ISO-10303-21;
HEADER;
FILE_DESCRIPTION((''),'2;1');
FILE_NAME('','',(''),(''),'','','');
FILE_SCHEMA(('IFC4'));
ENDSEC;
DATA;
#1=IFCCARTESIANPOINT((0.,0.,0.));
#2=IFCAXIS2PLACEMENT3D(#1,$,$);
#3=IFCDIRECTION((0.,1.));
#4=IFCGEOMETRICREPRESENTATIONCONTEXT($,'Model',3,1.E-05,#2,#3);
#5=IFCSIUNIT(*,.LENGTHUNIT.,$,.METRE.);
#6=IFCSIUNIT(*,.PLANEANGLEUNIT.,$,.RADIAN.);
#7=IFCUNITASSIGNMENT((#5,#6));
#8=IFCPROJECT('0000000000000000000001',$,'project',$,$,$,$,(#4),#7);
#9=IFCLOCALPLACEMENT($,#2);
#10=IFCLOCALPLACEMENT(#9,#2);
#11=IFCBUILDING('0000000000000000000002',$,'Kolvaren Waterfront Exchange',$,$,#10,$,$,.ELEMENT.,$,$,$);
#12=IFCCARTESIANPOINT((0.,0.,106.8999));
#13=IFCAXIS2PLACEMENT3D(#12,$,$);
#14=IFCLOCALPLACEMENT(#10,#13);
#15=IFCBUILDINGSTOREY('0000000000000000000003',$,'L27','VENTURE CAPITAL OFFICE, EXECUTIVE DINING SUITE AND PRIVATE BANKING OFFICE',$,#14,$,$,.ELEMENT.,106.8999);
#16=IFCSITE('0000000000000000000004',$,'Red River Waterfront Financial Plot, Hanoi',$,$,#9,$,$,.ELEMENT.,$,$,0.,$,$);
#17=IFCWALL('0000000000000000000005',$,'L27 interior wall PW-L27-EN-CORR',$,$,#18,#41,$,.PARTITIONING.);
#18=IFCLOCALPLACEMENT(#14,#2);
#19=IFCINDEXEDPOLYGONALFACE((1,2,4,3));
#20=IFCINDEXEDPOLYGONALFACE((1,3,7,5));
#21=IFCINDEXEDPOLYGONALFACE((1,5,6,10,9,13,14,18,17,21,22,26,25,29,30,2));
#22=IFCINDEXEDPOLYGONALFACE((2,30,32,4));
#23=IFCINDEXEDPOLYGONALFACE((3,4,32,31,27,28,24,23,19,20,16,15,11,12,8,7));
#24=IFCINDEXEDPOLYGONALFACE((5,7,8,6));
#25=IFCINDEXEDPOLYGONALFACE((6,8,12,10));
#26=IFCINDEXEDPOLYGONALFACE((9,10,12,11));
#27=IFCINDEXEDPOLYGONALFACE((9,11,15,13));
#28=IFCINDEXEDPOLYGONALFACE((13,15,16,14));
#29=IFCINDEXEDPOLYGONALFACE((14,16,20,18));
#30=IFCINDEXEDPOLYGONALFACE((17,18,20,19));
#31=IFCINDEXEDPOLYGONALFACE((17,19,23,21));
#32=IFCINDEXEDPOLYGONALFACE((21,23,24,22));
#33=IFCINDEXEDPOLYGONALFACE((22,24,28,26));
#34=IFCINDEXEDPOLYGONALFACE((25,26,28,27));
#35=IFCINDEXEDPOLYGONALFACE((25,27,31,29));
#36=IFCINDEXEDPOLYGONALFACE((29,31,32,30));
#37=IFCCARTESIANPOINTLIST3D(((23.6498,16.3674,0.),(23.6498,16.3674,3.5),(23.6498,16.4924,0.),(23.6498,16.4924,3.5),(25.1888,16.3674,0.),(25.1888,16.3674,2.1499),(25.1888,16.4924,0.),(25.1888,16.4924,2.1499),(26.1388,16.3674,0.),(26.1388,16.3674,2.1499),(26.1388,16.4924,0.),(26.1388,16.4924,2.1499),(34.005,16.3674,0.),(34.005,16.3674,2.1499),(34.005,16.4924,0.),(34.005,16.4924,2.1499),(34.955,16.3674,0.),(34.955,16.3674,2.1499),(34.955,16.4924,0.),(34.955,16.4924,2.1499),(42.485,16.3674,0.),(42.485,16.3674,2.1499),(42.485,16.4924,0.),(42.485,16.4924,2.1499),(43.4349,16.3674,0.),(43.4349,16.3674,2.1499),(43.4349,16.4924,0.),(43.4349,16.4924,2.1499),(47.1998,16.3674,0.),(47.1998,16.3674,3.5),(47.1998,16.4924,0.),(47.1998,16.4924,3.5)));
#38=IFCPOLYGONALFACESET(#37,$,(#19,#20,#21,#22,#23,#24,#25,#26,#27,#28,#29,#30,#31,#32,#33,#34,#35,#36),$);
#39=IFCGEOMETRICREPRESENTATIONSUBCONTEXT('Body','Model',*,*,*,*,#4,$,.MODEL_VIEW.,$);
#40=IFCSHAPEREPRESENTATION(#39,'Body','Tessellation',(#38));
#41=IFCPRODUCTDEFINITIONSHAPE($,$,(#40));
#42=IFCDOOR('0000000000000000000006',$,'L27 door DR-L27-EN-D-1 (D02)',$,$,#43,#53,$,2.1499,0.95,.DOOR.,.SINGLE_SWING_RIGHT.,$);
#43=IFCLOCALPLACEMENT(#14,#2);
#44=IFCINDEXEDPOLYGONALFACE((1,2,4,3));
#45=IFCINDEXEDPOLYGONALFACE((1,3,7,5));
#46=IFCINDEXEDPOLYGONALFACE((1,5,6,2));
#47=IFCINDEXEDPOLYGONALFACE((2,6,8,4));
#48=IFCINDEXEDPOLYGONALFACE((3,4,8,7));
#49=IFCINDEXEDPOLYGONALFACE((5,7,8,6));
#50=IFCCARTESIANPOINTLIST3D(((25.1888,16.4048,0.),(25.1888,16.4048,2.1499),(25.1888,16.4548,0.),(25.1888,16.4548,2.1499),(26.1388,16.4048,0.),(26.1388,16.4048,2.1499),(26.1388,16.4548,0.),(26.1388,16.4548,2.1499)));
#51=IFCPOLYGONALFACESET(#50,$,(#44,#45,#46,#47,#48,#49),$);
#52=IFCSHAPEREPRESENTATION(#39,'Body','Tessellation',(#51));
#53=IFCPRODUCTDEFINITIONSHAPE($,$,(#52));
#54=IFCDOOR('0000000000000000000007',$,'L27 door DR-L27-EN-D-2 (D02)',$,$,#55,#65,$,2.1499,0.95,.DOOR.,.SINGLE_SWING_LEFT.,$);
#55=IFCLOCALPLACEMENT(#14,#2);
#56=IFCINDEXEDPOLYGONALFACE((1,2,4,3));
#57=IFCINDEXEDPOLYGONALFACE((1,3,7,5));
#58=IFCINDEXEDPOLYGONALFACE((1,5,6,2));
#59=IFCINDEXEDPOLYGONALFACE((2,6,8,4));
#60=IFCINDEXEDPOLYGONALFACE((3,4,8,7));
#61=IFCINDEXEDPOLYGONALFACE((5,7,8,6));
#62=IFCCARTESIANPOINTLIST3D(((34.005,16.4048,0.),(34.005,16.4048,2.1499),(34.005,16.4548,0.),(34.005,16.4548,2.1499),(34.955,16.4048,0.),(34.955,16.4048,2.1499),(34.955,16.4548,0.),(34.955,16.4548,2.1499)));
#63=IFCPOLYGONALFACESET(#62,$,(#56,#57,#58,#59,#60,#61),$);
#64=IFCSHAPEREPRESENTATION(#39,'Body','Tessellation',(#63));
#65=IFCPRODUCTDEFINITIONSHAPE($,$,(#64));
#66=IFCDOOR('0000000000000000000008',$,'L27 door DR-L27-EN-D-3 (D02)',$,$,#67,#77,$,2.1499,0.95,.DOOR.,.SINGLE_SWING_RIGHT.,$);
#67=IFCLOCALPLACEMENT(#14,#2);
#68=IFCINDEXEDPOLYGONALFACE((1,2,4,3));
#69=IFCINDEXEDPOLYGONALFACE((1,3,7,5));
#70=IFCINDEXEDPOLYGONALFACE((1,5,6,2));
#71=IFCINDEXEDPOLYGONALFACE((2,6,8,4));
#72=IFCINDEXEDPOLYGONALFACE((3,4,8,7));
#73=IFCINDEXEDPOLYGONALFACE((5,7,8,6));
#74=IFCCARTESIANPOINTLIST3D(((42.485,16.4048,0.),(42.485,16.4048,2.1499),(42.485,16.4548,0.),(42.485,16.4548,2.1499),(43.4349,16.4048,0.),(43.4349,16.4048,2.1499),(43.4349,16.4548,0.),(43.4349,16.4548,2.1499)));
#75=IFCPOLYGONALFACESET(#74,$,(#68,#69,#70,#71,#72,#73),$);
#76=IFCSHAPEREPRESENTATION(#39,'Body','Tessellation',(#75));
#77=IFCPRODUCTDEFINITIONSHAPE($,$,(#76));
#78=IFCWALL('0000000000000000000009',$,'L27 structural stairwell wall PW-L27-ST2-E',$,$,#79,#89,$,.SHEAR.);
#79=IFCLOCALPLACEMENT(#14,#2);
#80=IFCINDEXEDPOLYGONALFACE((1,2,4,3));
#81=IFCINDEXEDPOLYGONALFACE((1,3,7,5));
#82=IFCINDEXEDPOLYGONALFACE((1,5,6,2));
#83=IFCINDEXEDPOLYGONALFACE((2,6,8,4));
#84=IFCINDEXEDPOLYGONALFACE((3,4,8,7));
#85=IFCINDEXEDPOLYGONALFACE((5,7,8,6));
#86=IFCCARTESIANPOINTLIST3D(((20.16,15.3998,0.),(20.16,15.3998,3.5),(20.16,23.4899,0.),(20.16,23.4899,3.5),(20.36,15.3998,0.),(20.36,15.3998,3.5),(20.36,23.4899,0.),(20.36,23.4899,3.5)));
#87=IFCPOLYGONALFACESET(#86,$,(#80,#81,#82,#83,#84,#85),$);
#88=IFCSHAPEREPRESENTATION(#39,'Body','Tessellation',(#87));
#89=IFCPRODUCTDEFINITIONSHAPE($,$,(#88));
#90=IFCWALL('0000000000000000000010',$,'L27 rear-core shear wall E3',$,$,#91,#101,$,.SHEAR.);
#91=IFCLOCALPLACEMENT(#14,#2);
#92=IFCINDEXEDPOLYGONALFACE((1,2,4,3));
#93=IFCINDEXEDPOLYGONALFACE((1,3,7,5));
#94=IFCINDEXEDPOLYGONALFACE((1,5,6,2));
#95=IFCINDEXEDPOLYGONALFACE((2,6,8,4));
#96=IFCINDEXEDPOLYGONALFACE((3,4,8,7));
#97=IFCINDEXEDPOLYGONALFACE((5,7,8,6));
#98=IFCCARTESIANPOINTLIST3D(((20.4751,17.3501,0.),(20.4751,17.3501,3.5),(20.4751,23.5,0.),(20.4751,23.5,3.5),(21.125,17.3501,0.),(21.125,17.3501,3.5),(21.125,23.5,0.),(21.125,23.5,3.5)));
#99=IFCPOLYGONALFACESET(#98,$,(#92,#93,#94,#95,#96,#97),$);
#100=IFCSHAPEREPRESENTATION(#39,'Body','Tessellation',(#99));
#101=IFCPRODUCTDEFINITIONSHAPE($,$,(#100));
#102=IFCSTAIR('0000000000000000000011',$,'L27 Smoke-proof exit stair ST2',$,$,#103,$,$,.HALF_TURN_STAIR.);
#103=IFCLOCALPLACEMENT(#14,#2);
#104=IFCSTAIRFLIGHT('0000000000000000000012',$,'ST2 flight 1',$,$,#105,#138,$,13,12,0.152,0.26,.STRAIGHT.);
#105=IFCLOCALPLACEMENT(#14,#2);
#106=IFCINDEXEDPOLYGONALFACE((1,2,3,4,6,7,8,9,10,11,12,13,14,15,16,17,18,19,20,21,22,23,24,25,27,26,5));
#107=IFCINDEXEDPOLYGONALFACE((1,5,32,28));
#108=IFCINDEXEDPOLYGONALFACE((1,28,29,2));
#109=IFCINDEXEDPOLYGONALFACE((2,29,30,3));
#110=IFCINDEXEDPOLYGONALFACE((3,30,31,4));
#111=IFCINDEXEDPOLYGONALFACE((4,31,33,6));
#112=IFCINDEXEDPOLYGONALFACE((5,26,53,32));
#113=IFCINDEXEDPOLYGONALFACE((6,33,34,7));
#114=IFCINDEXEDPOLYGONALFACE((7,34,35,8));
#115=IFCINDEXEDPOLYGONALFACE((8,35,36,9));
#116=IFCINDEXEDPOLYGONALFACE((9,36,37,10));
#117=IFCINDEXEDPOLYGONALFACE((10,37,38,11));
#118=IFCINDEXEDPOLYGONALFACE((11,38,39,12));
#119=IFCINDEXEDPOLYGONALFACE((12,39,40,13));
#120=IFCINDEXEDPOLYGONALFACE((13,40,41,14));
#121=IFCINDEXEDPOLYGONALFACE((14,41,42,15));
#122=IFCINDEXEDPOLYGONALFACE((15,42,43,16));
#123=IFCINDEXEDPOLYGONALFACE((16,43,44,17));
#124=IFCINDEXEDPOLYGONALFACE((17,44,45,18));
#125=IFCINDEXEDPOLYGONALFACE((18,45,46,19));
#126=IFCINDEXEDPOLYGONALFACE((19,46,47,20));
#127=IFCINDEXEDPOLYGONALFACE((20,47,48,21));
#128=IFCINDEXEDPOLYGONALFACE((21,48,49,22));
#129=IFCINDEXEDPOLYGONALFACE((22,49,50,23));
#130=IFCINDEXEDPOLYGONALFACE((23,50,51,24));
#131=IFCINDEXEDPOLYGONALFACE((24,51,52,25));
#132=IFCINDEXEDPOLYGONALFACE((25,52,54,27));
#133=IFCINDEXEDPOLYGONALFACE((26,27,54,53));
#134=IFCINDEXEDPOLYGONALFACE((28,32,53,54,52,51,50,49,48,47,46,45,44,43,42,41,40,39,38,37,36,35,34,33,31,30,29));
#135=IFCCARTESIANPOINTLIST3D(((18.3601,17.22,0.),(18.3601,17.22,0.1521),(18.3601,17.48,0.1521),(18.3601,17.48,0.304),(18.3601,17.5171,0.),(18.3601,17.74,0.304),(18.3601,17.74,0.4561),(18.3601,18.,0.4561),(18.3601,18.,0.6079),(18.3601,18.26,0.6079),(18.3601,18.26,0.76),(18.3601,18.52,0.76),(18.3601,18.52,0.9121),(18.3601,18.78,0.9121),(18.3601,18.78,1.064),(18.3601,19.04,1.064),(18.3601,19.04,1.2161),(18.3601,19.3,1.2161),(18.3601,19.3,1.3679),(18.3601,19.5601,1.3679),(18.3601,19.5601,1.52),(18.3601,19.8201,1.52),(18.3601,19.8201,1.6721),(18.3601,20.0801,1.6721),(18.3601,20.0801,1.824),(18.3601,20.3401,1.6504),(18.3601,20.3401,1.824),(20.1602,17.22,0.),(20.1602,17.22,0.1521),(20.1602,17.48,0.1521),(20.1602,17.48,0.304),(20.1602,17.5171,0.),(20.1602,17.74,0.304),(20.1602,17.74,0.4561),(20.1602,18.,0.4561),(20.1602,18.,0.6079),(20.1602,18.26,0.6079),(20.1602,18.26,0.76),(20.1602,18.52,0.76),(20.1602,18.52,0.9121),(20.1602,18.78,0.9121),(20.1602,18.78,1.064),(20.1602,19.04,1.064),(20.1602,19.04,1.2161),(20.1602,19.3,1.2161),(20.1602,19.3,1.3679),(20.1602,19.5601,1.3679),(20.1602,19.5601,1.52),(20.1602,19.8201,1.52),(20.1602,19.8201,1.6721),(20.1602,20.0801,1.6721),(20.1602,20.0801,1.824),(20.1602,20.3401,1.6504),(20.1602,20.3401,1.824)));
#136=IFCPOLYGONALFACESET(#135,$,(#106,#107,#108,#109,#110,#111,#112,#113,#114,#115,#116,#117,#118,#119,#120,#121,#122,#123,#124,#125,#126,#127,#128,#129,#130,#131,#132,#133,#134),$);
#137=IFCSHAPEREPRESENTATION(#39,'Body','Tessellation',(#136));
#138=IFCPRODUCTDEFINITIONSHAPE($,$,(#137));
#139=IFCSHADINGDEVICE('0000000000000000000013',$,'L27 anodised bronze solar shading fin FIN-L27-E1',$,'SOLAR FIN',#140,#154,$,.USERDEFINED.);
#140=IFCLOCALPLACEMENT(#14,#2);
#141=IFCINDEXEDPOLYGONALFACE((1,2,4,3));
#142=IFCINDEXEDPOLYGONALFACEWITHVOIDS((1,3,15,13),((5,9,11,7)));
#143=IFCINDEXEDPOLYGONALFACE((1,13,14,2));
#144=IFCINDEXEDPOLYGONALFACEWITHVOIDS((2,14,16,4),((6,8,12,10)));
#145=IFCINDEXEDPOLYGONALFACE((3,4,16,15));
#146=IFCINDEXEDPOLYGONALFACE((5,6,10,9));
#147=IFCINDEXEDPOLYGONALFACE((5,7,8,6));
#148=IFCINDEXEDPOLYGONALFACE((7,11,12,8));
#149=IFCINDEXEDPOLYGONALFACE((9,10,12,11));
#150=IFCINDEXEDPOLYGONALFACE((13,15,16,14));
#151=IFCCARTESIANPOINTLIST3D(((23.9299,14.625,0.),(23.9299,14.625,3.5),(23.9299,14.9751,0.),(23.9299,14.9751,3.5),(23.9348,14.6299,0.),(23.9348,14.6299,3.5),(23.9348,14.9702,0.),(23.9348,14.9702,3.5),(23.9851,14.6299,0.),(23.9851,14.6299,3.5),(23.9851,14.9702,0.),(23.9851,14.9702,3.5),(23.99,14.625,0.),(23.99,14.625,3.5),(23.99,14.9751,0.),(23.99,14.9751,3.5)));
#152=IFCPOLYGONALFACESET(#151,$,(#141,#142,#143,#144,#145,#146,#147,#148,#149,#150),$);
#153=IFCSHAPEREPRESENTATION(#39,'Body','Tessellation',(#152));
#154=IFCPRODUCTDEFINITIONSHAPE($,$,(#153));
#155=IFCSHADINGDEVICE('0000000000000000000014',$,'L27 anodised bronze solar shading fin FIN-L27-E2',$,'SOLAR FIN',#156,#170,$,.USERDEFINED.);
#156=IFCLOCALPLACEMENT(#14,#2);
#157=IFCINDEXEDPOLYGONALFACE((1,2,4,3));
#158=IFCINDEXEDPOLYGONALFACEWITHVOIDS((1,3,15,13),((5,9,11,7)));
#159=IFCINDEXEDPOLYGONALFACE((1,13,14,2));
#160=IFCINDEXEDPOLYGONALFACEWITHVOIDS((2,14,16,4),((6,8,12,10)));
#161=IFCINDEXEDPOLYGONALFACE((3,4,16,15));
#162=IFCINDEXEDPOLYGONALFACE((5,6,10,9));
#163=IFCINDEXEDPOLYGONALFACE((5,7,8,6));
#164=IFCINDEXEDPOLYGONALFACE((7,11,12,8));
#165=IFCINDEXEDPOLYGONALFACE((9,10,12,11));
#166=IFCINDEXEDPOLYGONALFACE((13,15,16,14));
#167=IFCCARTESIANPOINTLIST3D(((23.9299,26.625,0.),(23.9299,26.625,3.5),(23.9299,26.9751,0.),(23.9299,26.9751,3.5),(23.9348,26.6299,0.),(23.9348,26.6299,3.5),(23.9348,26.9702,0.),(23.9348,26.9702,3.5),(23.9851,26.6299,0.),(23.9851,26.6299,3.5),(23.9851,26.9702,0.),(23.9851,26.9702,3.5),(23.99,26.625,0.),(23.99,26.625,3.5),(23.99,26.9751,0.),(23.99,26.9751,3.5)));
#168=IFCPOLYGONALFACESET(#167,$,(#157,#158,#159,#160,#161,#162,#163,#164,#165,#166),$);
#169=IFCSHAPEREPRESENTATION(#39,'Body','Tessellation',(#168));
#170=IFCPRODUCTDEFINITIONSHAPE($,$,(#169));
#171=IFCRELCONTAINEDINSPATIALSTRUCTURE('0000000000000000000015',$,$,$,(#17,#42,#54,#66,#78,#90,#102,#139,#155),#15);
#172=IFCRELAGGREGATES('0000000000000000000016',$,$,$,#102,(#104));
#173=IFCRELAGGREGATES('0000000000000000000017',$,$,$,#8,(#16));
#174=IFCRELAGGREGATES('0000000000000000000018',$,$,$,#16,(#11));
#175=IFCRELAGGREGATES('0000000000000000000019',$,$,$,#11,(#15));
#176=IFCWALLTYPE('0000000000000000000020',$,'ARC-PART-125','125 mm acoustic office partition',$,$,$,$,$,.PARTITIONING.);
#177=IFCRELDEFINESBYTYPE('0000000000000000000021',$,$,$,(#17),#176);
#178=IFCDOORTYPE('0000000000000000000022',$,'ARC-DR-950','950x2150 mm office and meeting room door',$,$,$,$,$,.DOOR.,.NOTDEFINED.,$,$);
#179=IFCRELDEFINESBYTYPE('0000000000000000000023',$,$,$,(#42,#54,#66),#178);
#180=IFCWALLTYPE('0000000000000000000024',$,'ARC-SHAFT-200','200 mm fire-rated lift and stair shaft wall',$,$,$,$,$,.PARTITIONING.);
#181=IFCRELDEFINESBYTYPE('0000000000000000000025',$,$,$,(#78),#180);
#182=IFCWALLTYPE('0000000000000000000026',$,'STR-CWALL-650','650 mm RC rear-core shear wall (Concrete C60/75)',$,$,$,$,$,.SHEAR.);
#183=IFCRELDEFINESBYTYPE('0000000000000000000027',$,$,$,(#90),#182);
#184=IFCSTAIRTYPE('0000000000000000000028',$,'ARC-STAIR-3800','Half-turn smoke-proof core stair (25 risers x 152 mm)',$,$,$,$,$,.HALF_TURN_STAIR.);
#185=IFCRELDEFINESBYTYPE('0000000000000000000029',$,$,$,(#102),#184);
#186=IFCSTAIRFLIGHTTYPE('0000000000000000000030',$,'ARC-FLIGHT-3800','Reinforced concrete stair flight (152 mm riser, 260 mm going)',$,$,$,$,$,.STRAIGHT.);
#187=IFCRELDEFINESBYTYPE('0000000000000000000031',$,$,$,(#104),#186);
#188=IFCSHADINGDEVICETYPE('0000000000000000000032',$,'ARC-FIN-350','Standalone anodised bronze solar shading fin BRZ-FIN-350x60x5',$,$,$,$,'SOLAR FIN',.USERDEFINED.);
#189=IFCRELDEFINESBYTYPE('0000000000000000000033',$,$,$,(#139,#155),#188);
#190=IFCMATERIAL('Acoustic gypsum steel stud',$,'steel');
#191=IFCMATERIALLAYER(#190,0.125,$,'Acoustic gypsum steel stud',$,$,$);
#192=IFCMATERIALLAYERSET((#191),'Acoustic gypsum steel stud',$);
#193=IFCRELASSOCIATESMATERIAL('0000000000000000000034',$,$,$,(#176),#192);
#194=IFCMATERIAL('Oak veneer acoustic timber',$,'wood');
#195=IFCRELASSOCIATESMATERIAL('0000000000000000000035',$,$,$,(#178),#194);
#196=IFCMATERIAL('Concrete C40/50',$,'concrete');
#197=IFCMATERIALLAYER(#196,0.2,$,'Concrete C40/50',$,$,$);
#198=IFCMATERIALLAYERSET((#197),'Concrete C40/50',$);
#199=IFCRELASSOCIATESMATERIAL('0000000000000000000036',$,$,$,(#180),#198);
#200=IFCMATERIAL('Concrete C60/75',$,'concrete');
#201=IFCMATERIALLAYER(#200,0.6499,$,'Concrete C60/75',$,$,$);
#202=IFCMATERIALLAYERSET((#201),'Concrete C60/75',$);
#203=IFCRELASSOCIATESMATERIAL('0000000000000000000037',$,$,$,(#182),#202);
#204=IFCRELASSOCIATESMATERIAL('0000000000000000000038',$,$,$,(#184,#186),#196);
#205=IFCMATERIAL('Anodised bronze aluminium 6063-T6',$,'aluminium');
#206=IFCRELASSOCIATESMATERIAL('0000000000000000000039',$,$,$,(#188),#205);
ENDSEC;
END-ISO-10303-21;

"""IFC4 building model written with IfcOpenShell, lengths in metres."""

from ifc_helpers import new_model, si_unit, direction, frame, frame_2d, origin, origin_2d, place, context, subcontext, project, spatial, polyline, rectangle, hollow_rectangle, outline, extrude, material, layer, layer_set, material_profile, profile_set, type_object, element, fill, aggregate, save


model = new_model("IFC4")

# Units and contexts
model_context = context("Model", 3, precision=1e-05, world=origin(), true_north=direction((0.0, 1.0)))
body_context = subcontext(model_context, "Body", "Model", "MODEL_VIEW")
ifc_project = project(units=[si_unit("LENGTHUNIT", "METRE"), si_unit("PLANEANGLEUNIT", "RADIAN")], contexts=[model_context])

# Site, building, storey
site_placement = place(None, origin())
site = spatial("IfcSite", under=ifc_project, at=site_placement, Name="Red River Waterfront Financial Plot, Hanoi", CompositionType="ELEMENT", RefElevation=0.0)
building_placement = place(site_placement, origin())
building = spatial("IfcBuilding", under=site, at=building_placement, Name="Kolvaren Waterfront Exchange", CompositionType="ELEMENT")
storey_placement = place(building_placement, frame((0.0, 0.0, 106.8999)))
storey = spatial("IfcBuildingStorey", under=building, at=storey_placement, Name="L27", Description="VENTURE CAPITAL OFFICE, EXECUTIVE DINING SUITE AND PRIVATE BANKING OFFICE", CompositionType="ELEMENT", Elevation=106.8999)

# Shared definitions
ifc_material_1 = material(Name="Concrete C60/75", Category="concrete")

# Shared definitions
ifc_material_2 = material(Name="Anodised bronze aluminium 6063-T6", Category="aluminium")

# Shared definitions
ifc_material_3 = material(Name="Acoustic gypsum steel stud", Category="steel")
ifc_layer_1 = layer(ifc_material_3, 0.125, Name="Acoustic gypsum steel stud")
ifc_layer_set_1 = layer_set([ifc_layer_1], Name="Acoustic gypsum steel stud")
wall_type_1 = type_object("IfcWallType", Name="ARC-PART-125", Description="125 mm acoustic office partition", PredefinedType="PARTITIONING", material=ifc_layer_set_1)

# Wall, openings, doors
wall_1_placement = place(storey_placement, frame((23.6499, 16.4299, 0.0), z_axis=(0.0, 0.0, 1.0), x_axis=(1.0, 0.0, 0.0)))
wall_1 = element("IfcWall", 1, at=wall_1_placement, inside=storey, type_object=wall_type_1, Name="L27 interior wall PW-L27-EN-CORR", PredefinedType="PARTITIONING", context=body_context, shape_type="SweptSolid", body=[
    extrude(rectangle(XDim=23.55, YDim=0.125, at=frame_2d((11.7749, 0.0))), origin(), (0.0, 0.0, 1.0), 3.5),
])
opening_1_placement = place(wall_1_placement, frame((1.5388, 0.0, 0.0)))
opening_1 = element("IfcOpeningElement", 2, at=opening_1_placement, cuts=wall_1, PredefinedType="OPENING", context=body_context, shape_type="SweptSolid", body=[
    extrude(rectangle(XDim=0.95, YDim=2.1499, at=frame_2d((0.4751, 1.075))), frame((0.0, 0.0725, 0.0), z_axis=(0.0, -1.0, 0.0), x_axis=(1.0, 0.0, 0.0)), (0.0, 0.0, 1.0), 0.145),
])
opening_2_placement = place(wall_1_placement, frame((10.355, 0.0, 0.0)))
opening_2 = element("IfcOpeningElement", 3, at=opening_2_placement, cuts=wall_1, PredefinedType="OPENING", context=body_context, shape_type="SweptSolid", body=[
    extrude(rectangle(XDim=0.95, YDim=2.1499, at=frame_2d((0.4751, 1.075))), frame((0.0, 0.0725, 0.0), z_axis=(0.0, -1.0, 0.0), x_axis=(1.0, 0.0, 0.0)), (0.0, 0.0, 1.0), 0.145),
])
opening_3_placement = place(wall_1_placement, frame((18.835, 0.0, 0.0)))
opening_3 = element("IfcOpeningElement", 4, at=opening_3_placement, cuts=wall_1, PredefinedType="OPENING", context=body_context, shape_type="SweptSolid", body=[
    extrude(rectangle(XDim=0.95, YDim=2.1499, at=frame_2d((0.4751, 1.075))), frame((0.0, 0.0725, 0.0), z_axis=(0.0, -1.0, 0.0), x_axis=(1.0, 0.0, 0.0)), (0.0, 0.0, 1.0), 0.145),
])
ifc_material_4 = material(Name="Oak veneer acoustic timber", Category="wood")
door_type = type_object("IfcDoorType", Name="ARC-DR-950", Description="950x2150 mm office and meeting room door", OperationType="NOTDEFINED", PredefinedType="DOOR", material=ifc_material_4)
door_1_placement = place(opening_1_placement, origin())
door_1 = element("IfcDoor", 5, at=door_1_placement, inside=storey, type_object=door_type, Name="L27 door DR-L27-EN-D-1 (D02)", OperationType="SINGLE_SWING_RIGHT", OverallHeight=2.1499, OverallWidth=0.95, PredefinedType="DOOR", context=body_context, shape_type="SweptSolid", body=[
    extrude(rectangle(XDim=0.95, YDim=2.1499, at=frame_2d((0.4751, 1.075))), frame((0.0, 0.0249, 0.0), z_axis=(0.0, -1.0, 0.0), x_axis=(1.0, 0.0, 0.0)), (0.0, 0.0, 1.0), 0.05),
])
fill(opening_1, door_1)
door_2_placement = place(opening_2_placement, origin())
door_2 = element("IfcDoor", 6, at=door_2_placement, inside=storey, type_object=door_type, Name="L27 door DR-L27-EN-D-2 (D02)", OperationType="SINGLE_SWING_LEFT", OverallHeight=2.1499, OverallWidth=0.95, PredefinedType="DOOR", context=body_context, shape_type="SweptSolid", body=[
    extrude(rectangle(XDim=0.95, YDim=2.1499, at=frame_2d((0.4751, 1.075))), frame((0.0, 0.0249, 0.0), z_axis=(0.0, -1.0, 0.0), x_axis=(1.0, 0.0, 0.0)), (0.0, 0.0, 1.0), 0.05),
])
fill(opening_2, door_2)
door_3_placement = place(opening_3_placement, origin())
door_3 = element("IfcDoor", 7, at=door_3_placement, inside=storey, type_object=door_type, Name="L27 door DR-L27-EN-D-3 (D02)", OperationType="SINGLE_SWING_RIGHT", OverallHeight=2.1499, OverallWidth=0.95, PredefinedType="DOOR", context=body_context, shape_type="SweptSolid", body=[
    extrude(rectangle(XDim=0.95, YDim=2.1499, at=frame_2d((0.4751, 1.075))), frame((0.0, 0.0249, 0.0), z_axis=(0.0, -1.0, 0.0), x_axis=(1.0, 0.0, 0.0)), (0.0, 0.0, 1.0), 0.05),
])
fill(opening_3, door_3)

# Walls
ifc_material_5 = material(Name="Concrete C40/50", Category="concrete")
ifc_layer_2 = layer(ifc_material_5, 0.2, Name="Concrete C40/50")
ifc_layer_set_2 = layer_set([ifc_layer_2], Name="Concrete C40/50")
wall_type_2 = type_object("IfcWallType", Name="ARC-SHAFT-200", Description="200 mm fire-rated lift and stair shaft wall", PredefinedType="PARTITIONING", material=ifc_layer_set_2)
wall_2_placement = place(storey_placement, frame((20.26, 15.3999, 0.0), z_axis=(0.0, 0.0, 1.0), x_axis=(0.0, 1.0, 0.0)))
element("IfcWall", 8, at=wall_2_placement, inside=storey, type_object=wall_type_2, Name="L27 structural stairwell wall PW-L27-ST2-E", PredefinedType="SHEAR", context=body_context, shape_type="SweptSolid", body=[
    extrude(rectangle(XDim=8.0901, YDim=0.2, at=frame_2d((4.0449, 0.0))), origin(), (0.0, 0.0, 1.0), 3.5),
])
ifc_layer_3 = layer(ifc_material_1, 0.6499, Name="Concrete C60/75")
ifc_layer_set_3 = layer_set([ifc_layer_3], Name="Concrete C60/75")
wall_type_3 = type_object("IfcWallType", Name="STR-CWALL-650", Description="650 mm RC rear-core shear wall (Concrete C60/75)", PredefinedType="SHEAR", material=ifc_layer_set_3)
wall_3_placement = place(storey_placement, frame((20.8, 17.3501, 0.0), z_axis=(0.0, 0.0, 1.0), x_axis=(0.0, 1.0, 0.0)))
element("IfcWall", 9, at=wall_3_placement, inside=storey, type_object=wall_type_3, Name="L27 rear-core shear wall E3", PredefinedType="SHEAR", context=body_context, shape_type="SweptSolid", body=[
    extrude(rectangle(XDim=6.1499, YDim=0.6499, at=frame_2d((3.075, 0.0))), origin(), (0.0, 0.0, 1.0), 3.5),
])

# Stair, stair flight
stair_type = type_object("IfcStairType", Name="ARC-STAIR-3800", Description="Half-turn smoke-proof core stair (25 risers x 152 mm)", PredefinedType="HALF_TURN_STAIR", material=ifc_material_5)
stair_placement = place(storey_placement, origin())
stair = element("IfcStair", 10, at=stair_placement, inside=storey, type_object=stair_type, Name="L27 Smoke-proof exit stair ST2", PredefinedType="HALF_TURN_STAIR")
stair_flight_type = type_object("IfcStairFlightType", Name="ARC-FLIGHT-3800", Description="Reinforced concrete stair flight (152 mm riser, 260 mm going)", PredefinedType="STRAIGHT", material=ifc_material_5)
stair_flight_placement = place(storey_placement, frame((19.26, 17.22, 0.0), z_axis=(0.0, 0.0, 1.0), x_axis=(0.0, 1.0, 0.0)))
stair_flight = element("IfcStairFlight", 11, at=stair_flight_placement, type_object=stair_flight_type, Name="ST2 flight 1", NumberOfRisers=13, NumberOfTreads=12, PredefinedType="STRAIGHT", RiserHeight=0.152, TreadLength=0.26, context=body_context, shape_type="SweptSolid", body=[
    extrude(outline(polyline([(0.0, 0.0), (0.0, 0.1521), (0.26, 0.1521), (0.26, 0.304), (0.52, 0.304), (0.52, 0.4561), (0.78, 0.4561), (0.78, 0.6079), (1.04, 0.6079), (1.04, 0.76), (1.3, 0.76), (1.3, 0.9121), (1.5601, 0.9121), (1.5601, 1.064), (1.8201, 1.064), (1.8201, 1.2161), (2.0801, 1.2161), (2.0801, 1.3679), (2.3401, 1.3679), (2.3401, 1.52), (2.6001, 1.52), (2.6001, 1.6721), (2.8601, 1.6721), (2.8601, 1.824), (3.1201, 1.824), (3.1201, 1.9761), (3.1201, 1.6504), (0.2971, 0.0), (0.0, 0.0)])), frame((0.0, 0.8999, 0.0), z_axis=(0.0, -1.0, 0.0), x_axis=(1.0, 0.0, 0.0)), (0.0, 0.0, 1.0), 1.8),
])
aggregate(stair, [stair_flight])

# Shading devices
ifc_material_profile_1 = material_profile(ifc_material_2, hollow_rectangle(XDim=0.0601, YDim=0.3501, WallThickness=0.0049, at=origin_2d()), Name="BRZ-FIN-350x60x5")
ifc_profile_set_1 = profile_set([ifc_material_profile_1], Name="Anodised bronze aluminium 6063-T6")
shading_device_type = type_object("IfcShadingDeviceType", Name="ARC-FIN-350", Description="Standalone anodised bronze solar shading fin BRZ-FIN-350x60x5", ElementType="SOLAR FIN", PredefinedType="USERDEFINED", material=ifc_profile_set_1)
for number, where, z_axis, x_axis, name in (
    (12, (23.96, 14.8, 0.0), (0.0, 0.0, 1.0), (1.0, 0.0, 0.0), "L27 anodised bronze solar shading fin FIN-L27-E1"),
    (13, (23.96, 26.8, 0.0), (0.0, 0.0, 1.0), (1.0, 0.0, 0.0), "L27 anodised bronze solar shading fin FIN-L27-E2"),
):
    element("IfcShadingDevice", number, at=place(storey_placement, frame(where, z_axis=z_axis, x_axis=x_axis)), inside=storey, type_object=shading_device_type, Name=name, ObjectType="SOLAR FIN", PredefinedType="USERDEFINED", context=body_context, shape_type="SweptSolid", body=[
        extrude(hollow_rectangle(XDim=0.0601, YDim=0.3501, WallThickness=0.0049, at=origin_2d()), origin(), (0.0, 0.0, 1.0), 3.5),
    ])

save(model, "model.ifc")
